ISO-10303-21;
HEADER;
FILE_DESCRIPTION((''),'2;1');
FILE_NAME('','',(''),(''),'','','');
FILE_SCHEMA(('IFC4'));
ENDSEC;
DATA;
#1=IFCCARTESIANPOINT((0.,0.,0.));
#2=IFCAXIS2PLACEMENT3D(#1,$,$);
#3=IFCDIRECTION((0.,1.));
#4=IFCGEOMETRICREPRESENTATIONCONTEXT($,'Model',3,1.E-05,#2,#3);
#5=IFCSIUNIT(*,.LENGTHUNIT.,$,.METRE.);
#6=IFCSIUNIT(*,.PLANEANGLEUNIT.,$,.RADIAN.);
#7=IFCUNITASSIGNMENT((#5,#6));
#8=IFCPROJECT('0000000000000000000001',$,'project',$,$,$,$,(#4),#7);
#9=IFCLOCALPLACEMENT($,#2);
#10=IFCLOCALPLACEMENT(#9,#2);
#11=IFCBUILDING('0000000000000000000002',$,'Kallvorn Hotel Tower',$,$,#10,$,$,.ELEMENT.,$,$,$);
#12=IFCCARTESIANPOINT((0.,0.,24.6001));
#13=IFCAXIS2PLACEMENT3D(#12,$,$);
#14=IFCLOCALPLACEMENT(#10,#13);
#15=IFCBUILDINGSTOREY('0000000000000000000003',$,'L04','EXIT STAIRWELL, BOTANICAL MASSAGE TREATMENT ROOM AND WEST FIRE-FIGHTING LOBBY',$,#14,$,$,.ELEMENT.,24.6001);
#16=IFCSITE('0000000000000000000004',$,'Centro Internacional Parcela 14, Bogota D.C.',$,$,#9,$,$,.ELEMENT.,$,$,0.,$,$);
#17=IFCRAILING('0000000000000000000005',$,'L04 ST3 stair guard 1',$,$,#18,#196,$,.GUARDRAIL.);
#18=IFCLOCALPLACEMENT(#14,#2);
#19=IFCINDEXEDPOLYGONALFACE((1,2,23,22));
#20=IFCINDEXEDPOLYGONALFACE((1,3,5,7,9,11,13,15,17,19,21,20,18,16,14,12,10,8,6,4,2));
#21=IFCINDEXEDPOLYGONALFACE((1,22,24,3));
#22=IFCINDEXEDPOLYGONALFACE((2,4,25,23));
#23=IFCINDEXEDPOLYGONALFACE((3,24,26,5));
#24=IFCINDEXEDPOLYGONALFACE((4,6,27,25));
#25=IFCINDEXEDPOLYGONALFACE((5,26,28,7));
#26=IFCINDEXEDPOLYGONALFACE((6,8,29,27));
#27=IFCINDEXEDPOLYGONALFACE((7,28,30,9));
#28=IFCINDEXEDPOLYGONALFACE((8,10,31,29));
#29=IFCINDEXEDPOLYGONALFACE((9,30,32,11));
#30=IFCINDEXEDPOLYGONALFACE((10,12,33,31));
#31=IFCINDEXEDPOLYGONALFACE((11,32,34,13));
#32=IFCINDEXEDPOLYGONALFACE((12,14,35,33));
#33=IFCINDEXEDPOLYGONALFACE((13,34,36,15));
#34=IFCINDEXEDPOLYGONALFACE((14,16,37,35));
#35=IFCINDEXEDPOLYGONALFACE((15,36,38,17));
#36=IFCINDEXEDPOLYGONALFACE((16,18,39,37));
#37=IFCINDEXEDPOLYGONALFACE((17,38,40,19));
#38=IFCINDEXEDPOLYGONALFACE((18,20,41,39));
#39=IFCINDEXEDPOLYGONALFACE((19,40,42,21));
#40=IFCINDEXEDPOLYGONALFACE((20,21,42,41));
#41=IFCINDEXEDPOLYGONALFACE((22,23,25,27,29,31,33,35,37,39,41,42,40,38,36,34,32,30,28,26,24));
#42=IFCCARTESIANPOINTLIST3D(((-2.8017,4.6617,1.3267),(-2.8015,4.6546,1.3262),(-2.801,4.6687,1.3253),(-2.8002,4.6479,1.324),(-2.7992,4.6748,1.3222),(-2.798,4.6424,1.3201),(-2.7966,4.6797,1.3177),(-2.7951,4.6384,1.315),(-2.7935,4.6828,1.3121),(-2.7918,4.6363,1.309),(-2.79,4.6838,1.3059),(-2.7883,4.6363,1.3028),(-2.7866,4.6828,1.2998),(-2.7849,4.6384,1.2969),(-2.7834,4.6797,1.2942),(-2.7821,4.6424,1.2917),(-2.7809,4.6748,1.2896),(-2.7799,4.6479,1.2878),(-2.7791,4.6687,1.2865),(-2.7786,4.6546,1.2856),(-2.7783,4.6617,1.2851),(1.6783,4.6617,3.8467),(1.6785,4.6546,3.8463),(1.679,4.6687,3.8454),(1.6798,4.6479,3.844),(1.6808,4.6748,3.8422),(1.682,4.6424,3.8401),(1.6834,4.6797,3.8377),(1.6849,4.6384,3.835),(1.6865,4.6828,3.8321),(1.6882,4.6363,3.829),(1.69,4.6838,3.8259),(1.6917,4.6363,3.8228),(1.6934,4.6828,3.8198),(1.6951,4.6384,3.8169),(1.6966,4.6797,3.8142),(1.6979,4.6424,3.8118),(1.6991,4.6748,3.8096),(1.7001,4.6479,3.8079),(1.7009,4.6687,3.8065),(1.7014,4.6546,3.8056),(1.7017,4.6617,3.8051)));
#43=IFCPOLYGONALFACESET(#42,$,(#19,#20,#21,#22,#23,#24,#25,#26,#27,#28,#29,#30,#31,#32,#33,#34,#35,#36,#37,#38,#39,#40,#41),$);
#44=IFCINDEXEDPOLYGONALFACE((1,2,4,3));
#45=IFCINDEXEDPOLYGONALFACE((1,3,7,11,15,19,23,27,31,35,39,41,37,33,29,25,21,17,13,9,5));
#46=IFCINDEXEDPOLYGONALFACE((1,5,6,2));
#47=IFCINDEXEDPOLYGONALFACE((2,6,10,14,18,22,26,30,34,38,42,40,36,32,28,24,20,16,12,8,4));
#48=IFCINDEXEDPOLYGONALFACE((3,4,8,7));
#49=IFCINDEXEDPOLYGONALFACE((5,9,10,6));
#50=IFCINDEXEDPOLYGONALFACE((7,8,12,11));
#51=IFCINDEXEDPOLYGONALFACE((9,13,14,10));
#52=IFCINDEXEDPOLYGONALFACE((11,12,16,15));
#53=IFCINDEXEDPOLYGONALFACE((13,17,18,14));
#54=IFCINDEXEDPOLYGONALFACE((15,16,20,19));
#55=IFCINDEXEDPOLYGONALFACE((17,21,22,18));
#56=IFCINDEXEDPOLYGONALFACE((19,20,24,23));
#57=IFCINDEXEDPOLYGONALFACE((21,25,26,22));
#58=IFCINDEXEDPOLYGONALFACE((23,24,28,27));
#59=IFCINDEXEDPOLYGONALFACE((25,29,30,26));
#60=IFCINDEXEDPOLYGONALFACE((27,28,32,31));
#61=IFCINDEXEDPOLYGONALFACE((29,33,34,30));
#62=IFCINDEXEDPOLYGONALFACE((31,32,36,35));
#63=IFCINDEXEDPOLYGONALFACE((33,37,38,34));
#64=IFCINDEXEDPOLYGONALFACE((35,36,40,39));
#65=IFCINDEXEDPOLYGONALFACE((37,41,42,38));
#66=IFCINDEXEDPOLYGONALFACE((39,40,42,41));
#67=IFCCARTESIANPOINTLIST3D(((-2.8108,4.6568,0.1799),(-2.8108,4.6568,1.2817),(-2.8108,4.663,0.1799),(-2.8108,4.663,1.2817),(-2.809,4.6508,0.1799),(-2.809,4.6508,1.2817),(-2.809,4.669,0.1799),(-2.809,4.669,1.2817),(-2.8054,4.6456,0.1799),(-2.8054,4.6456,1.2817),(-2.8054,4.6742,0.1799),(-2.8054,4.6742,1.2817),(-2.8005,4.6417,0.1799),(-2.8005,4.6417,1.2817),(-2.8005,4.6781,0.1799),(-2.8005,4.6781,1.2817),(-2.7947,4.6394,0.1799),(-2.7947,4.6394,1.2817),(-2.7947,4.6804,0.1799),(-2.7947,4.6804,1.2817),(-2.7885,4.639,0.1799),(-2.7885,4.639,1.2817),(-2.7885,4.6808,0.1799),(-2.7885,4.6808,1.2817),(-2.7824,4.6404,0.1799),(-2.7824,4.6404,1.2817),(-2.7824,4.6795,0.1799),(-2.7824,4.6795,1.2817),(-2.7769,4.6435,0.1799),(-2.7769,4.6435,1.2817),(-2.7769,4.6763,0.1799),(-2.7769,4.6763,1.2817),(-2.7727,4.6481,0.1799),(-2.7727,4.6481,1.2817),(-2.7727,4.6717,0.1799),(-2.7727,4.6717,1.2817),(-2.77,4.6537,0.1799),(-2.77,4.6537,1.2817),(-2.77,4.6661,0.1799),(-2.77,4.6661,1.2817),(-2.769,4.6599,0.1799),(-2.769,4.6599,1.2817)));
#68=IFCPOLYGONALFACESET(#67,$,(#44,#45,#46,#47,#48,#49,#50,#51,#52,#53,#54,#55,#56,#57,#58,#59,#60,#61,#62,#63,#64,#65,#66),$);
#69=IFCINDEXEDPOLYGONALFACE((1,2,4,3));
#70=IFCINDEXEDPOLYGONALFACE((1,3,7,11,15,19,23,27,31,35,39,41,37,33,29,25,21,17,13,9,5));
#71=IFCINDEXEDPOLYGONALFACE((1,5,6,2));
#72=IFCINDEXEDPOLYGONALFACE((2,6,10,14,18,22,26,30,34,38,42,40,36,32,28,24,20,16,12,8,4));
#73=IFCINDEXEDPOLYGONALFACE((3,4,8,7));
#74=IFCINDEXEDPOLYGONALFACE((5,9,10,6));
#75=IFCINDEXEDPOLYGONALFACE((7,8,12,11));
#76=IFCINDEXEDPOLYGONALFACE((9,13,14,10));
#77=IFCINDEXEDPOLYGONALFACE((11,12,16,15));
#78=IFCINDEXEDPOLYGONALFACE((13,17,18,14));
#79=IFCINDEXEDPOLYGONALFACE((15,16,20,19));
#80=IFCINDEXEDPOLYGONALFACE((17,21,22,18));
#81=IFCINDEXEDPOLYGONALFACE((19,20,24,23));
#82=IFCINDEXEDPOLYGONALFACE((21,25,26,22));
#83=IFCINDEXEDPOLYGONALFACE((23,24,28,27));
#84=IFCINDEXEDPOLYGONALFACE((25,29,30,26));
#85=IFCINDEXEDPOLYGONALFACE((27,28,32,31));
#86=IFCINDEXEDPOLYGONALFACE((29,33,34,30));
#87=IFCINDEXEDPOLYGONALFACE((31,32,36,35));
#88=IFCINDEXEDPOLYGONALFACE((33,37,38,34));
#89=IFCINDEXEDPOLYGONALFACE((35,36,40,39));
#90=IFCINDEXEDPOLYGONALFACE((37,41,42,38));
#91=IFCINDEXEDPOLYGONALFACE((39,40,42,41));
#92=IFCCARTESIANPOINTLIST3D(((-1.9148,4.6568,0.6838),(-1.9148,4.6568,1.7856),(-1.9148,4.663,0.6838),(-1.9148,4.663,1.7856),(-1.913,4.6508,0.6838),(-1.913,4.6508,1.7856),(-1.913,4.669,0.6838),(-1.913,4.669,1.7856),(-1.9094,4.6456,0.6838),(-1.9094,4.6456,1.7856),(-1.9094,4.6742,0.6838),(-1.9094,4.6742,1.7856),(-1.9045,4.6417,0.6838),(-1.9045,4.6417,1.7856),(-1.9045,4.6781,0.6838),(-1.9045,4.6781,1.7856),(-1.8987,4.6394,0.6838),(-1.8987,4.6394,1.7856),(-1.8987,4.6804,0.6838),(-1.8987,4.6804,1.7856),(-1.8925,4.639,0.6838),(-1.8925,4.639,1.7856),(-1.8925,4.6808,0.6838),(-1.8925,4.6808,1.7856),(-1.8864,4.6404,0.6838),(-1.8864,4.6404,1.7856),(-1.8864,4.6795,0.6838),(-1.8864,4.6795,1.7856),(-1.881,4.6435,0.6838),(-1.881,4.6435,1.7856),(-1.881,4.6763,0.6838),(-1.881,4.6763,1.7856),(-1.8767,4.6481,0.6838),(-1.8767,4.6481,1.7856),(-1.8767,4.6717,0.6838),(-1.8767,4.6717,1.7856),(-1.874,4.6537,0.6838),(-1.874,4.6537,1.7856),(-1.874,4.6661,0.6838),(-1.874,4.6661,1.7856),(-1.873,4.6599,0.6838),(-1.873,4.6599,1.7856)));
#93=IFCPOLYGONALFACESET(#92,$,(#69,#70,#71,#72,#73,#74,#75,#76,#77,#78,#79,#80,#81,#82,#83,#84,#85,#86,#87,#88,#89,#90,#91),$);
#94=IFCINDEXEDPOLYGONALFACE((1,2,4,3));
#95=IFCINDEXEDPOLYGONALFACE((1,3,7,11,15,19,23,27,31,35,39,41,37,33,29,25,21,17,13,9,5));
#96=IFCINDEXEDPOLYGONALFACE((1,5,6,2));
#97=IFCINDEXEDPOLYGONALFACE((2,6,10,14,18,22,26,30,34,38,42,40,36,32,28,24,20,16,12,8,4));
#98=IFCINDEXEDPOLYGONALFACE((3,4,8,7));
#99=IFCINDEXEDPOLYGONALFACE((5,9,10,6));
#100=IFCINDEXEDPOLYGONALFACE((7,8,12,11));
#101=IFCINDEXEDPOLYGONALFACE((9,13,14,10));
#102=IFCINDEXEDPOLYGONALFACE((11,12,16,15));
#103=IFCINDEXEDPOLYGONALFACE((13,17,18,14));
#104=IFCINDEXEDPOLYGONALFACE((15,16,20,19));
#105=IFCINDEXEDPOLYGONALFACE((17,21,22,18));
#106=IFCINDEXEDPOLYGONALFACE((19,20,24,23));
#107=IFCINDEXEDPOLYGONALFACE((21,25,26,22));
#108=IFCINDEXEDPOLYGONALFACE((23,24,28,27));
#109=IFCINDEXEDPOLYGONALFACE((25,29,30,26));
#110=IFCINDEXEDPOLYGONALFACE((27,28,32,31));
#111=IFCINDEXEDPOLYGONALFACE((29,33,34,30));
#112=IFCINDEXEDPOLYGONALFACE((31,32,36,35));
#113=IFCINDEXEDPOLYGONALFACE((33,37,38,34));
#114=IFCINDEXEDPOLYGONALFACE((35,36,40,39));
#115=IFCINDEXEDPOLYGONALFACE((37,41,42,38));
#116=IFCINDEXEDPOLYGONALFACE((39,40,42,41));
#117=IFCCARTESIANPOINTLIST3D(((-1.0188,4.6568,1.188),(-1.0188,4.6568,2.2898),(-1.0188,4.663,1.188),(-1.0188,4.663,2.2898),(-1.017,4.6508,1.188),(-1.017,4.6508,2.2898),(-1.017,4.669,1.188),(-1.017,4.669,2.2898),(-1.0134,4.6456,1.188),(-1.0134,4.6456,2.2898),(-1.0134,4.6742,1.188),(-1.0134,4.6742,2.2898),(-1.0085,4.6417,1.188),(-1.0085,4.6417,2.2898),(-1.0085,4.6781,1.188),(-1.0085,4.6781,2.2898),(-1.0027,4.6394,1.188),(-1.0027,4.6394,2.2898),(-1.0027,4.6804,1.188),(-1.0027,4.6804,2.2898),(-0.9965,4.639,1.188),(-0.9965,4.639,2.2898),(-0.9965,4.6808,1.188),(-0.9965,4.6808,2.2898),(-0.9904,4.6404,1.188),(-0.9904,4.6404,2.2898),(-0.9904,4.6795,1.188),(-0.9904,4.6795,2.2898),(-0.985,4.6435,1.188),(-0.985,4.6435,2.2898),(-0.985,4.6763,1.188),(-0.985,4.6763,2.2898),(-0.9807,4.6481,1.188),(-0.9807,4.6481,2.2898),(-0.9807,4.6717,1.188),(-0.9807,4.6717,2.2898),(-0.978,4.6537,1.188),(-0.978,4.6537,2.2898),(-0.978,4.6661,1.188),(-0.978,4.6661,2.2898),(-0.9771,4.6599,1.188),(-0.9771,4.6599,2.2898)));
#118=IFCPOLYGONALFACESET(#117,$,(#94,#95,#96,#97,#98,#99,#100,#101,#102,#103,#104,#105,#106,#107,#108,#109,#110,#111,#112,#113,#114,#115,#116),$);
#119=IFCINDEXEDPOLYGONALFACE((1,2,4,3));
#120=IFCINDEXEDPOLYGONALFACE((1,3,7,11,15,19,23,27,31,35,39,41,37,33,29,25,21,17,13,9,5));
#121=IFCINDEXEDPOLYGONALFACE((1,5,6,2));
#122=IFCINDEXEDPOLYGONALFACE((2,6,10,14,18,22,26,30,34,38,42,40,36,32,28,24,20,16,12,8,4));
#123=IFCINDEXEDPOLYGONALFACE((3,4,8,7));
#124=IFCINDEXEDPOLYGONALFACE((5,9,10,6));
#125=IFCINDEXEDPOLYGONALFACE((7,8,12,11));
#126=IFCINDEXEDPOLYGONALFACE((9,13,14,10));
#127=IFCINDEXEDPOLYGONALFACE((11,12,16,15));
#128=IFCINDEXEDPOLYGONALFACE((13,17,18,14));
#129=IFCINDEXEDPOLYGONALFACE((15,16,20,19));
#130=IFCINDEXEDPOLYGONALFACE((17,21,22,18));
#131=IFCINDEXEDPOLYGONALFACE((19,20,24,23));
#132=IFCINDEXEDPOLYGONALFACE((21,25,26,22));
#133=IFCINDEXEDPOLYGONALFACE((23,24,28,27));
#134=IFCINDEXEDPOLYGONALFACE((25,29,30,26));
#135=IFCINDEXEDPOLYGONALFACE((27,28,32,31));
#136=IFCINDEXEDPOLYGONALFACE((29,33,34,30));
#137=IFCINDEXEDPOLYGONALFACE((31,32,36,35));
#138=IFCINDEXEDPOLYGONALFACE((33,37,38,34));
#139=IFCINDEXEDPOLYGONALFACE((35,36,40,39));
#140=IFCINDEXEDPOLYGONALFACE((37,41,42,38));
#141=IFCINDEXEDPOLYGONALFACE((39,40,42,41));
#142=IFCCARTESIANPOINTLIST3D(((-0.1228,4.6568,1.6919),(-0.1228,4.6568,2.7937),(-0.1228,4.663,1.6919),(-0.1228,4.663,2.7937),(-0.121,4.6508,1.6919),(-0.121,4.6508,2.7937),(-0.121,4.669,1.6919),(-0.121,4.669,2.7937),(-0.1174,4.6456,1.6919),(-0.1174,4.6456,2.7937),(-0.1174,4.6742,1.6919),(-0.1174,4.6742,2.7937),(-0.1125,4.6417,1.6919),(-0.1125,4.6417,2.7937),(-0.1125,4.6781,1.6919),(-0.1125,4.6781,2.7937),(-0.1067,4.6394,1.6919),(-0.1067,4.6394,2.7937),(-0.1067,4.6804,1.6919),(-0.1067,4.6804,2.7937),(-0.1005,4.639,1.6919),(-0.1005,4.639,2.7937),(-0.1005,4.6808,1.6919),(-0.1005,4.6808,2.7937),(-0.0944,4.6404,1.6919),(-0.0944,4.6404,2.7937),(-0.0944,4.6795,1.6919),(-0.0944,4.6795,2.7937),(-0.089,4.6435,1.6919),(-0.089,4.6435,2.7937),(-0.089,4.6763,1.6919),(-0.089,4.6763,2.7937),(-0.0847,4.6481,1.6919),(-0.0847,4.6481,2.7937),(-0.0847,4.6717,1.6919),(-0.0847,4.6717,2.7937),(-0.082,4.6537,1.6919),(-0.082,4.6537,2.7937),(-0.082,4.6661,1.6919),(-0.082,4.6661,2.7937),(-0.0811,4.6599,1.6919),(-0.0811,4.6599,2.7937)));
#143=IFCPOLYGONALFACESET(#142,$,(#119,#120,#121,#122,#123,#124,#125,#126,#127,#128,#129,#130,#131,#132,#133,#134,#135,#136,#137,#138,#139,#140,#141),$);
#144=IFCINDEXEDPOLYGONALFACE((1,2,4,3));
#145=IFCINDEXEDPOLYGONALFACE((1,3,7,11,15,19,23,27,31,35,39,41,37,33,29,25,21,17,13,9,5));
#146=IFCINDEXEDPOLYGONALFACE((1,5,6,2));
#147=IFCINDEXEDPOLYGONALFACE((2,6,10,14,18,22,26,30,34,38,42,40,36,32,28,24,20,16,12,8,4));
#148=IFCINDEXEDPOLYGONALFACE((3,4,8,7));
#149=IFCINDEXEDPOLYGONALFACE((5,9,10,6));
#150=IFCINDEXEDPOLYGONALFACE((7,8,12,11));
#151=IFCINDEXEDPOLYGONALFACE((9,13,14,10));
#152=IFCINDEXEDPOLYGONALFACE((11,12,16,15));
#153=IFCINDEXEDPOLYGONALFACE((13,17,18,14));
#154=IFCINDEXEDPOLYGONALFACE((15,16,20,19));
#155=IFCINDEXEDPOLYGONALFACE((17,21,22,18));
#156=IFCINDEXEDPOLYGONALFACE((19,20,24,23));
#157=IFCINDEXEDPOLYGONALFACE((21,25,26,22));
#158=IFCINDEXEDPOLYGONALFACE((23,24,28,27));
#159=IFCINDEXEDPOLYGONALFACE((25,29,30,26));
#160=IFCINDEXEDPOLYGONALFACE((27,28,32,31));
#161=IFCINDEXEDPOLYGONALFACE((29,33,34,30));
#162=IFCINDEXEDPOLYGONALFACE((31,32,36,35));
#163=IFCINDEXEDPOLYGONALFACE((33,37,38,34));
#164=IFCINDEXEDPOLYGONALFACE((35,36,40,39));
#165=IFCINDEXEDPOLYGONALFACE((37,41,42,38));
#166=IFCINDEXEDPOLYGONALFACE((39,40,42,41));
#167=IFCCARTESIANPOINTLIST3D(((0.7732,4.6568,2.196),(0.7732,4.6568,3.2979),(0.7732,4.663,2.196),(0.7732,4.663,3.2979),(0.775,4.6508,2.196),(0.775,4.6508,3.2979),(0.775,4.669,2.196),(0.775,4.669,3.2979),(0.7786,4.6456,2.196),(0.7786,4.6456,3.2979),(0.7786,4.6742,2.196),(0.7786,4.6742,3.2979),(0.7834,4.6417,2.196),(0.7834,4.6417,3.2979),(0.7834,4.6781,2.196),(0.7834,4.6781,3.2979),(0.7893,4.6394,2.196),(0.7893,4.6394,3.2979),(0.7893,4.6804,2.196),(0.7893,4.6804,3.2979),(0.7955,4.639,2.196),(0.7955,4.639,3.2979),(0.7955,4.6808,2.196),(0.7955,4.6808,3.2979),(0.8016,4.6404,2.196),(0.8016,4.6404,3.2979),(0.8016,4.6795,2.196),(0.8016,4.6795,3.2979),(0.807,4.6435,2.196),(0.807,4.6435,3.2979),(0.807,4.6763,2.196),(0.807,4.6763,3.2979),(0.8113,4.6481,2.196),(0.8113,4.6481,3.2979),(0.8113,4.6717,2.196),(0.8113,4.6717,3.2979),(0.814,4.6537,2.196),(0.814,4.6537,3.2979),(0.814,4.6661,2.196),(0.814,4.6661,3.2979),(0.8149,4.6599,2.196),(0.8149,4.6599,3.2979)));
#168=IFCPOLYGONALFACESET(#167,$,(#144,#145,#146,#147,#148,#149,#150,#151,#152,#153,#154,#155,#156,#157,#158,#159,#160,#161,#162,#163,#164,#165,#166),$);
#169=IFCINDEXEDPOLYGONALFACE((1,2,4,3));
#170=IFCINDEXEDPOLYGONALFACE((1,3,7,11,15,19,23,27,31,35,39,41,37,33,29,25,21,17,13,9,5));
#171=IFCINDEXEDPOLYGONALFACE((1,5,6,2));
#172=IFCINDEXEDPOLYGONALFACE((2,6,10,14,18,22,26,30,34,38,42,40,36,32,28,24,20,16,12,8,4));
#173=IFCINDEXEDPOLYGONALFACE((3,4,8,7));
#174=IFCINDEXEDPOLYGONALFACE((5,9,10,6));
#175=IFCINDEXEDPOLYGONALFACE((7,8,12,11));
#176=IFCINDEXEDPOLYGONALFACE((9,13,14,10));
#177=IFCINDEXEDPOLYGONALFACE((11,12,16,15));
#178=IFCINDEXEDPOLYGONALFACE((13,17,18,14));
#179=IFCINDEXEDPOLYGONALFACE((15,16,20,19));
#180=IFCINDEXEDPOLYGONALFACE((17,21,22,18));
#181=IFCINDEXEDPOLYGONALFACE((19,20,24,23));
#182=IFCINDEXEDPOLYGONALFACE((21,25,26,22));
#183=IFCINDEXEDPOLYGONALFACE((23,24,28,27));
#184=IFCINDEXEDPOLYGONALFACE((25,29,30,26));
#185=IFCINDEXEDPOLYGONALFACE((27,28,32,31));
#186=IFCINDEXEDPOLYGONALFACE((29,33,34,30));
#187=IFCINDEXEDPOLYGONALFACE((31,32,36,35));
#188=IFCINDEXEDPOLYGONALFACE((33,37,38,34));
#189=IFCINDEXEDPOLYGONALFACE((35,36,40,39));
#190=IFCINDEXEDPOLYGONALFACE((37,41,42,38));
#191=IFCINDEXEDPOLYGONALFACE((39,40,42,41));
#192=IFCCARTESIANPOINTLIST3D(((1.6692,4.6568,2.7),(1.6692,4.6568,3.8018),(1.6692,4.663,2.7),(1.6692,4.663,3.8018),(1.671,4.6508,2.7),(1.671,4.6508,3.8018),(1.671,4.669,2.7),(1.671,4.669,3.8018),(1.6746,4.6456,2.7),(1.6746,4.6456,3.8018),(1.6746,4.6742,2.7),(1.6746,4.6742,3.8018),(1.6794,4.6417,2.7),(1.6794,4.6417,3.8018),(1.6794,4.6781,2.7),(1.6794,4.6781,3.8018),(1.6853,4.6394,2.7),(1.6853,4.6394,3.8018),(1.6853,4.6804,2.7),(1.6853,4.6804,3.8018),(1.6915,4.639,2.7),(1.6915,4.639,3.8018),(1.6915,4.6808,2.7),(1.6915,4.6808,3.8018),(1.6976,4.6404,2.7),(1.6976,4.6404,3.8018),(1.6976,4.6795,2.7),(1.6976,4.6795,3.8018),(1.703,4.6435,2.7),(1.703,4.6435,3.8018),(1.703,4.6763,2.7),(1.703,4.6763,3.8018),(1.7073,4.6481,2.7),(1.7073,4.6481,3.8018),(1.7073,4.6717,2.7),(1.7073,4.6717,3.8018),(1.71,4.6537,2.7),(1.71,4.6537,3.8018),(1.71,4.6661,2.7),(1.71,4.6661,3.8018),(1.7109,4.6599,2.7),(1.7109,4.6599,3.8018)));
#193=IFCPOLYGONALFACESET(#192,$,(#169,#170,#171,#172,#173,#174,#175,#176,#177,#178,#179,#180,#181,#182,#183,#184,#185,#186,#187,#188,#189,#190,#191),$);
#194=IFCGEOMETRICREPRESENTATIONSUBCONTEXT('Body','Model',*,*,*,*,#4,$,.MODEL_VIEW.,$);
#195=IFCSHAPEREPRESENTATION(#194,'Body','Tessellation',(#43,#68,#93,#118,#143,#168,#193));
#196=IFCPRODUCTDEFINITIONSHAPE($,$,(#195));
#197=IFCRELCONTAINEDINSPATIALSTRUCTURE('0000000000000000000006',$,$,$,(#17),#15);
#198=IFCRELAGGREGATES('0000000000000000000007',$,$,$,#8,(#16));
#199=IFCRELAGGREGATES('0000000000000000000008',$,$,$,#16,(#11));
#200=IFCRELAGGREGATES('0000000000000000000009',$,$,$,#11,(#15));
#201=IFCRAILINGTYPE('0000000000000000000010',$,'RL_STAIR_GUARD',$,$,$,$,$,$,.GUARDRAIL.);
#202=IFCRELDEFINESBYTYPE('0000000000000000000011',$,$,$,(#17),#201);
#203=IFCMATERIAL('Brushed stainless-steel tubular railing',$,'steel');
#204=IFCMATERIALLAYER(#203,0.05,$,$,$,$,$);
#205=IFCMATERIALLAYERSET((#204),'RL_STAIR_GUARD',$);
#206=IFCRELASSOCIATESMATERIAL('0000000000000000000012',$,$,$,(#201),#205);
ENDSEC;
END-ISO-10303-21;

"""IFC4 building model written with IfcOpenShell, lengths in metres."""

from ifc_helpers import new_model, si_unit, direction, frame, origin, origin_2d, place, context, subcontext, project, spatial, circle, extrude, material, layer, layer_set, type_object, element, save


model = new_model("IFC4")

# Units and contexts
model_context = context("Model", 3, precision=1e-05, world=origin(), true_north=direction((0.0, 1.0)))
body_context = subcontext(model_context, "Body", "Model", "MODEL_VIEW")
ifc_project = project(units=[si_unit("LENGTHUNIT", "METRE"), si_unit("PLANEANGLEUNIT", "RADIAN")], contexts=[model_context])

# Site, building, storey
site_placement = place(None, origin())
site = spatial("IfcSite", under=ifc_project, at=site_placement, Name="Centro Internacional Parcela 14, Bogota D.C.", CompositionType="ELEMENT", RefElevation=0.0)
building_placement = place(site_placement, origin())
building = spatial("IfcBuilding", under=site, at=building_placement, Name="Kallvorn Hotel Tower", CompositionType="ELEMENT")
storey_placement = place(building_placement, frame((0.0, 0.0, 24.6001)))
storey = spatial("IfcBuildingStorey", under=building, at=storey_placement, Name="L04", Description="EXIT STAIRWELL, BOTANICAL MASSAGE TREATMENT ROOM AND WEST FIRE-FIGHTING LOBBY", CompositionType="ELEMENT", Elevation=24.6001)

# Railing
ifc_material_1 = material(Name="Brushed stainless-steel tubular railing", Category="steel")
ifc_layer_1 = layer(ifc_material_1, 0.05)
ifc_layer_set_1 = layer_set([ifc_layer_1], Name="RL_STAIR_GUARD")
railing_type_1 = type_object("IfcRailingType", Name="RL_STAIR_GUARD", PredefinedType="GUARDRAIL", material=ifc_layer_set_1)
railing_1_placement = place(storey_placement, frame((-2.79, 4.6599, 0.1799)))
element("IfcRailing", 1, at=railing_1_placement, inside=storey, type_object=railing_type_1, Name="L04 ST3 stair guard 1", PredefinedType="GUARDRAIL", context=body_context, shape_type="SweptSolid", body=[
    extrude(circle(Radius=0.0239, at=origin_2d()), frame((0.0, 0.0, 1.126), z_axis=(0.871573, 0.0, 0.490266), x_axis=(0.0, 1.0, 0.0)), (0.0, 0.0, 1.0), 5.1401),
    extrude(circle(Radius=0.021, at=origin_2d()), origin(), (0.0, 0.0, 1.0), 1.1018),
    extrude(circle(Radius=0.021, at=origin_2d()), frame((0.896, 0.0, 0.5039)), (0.0, 0.0, 1.0), 1.1018),
    extrude(circle(Radius=0.021, at=origin_2d()), frame((1.792, 0.0, 1.0081)), (0.0, 0.0, 1.0), 1.1018),
    extrude(circle(Radius=0.021, at=origin_2d()), frame((2.688, 0.0, 1.512)), (0.0, 0.0, 1.0), 1.1018),
    extrude(circle(Radius=0.021, at=origin_2d()), frame((3.584, 0.0, 2.0161)), (0.0, 0.0, 1.0), 1.1018),
    extrude(circle(Radius=0.021, at=origin_2d()), frame((4.48, 0.0, 2.52)), (0.0, 0.0, 1.0), 1.1018),
])

save(model, "model.ifc")
